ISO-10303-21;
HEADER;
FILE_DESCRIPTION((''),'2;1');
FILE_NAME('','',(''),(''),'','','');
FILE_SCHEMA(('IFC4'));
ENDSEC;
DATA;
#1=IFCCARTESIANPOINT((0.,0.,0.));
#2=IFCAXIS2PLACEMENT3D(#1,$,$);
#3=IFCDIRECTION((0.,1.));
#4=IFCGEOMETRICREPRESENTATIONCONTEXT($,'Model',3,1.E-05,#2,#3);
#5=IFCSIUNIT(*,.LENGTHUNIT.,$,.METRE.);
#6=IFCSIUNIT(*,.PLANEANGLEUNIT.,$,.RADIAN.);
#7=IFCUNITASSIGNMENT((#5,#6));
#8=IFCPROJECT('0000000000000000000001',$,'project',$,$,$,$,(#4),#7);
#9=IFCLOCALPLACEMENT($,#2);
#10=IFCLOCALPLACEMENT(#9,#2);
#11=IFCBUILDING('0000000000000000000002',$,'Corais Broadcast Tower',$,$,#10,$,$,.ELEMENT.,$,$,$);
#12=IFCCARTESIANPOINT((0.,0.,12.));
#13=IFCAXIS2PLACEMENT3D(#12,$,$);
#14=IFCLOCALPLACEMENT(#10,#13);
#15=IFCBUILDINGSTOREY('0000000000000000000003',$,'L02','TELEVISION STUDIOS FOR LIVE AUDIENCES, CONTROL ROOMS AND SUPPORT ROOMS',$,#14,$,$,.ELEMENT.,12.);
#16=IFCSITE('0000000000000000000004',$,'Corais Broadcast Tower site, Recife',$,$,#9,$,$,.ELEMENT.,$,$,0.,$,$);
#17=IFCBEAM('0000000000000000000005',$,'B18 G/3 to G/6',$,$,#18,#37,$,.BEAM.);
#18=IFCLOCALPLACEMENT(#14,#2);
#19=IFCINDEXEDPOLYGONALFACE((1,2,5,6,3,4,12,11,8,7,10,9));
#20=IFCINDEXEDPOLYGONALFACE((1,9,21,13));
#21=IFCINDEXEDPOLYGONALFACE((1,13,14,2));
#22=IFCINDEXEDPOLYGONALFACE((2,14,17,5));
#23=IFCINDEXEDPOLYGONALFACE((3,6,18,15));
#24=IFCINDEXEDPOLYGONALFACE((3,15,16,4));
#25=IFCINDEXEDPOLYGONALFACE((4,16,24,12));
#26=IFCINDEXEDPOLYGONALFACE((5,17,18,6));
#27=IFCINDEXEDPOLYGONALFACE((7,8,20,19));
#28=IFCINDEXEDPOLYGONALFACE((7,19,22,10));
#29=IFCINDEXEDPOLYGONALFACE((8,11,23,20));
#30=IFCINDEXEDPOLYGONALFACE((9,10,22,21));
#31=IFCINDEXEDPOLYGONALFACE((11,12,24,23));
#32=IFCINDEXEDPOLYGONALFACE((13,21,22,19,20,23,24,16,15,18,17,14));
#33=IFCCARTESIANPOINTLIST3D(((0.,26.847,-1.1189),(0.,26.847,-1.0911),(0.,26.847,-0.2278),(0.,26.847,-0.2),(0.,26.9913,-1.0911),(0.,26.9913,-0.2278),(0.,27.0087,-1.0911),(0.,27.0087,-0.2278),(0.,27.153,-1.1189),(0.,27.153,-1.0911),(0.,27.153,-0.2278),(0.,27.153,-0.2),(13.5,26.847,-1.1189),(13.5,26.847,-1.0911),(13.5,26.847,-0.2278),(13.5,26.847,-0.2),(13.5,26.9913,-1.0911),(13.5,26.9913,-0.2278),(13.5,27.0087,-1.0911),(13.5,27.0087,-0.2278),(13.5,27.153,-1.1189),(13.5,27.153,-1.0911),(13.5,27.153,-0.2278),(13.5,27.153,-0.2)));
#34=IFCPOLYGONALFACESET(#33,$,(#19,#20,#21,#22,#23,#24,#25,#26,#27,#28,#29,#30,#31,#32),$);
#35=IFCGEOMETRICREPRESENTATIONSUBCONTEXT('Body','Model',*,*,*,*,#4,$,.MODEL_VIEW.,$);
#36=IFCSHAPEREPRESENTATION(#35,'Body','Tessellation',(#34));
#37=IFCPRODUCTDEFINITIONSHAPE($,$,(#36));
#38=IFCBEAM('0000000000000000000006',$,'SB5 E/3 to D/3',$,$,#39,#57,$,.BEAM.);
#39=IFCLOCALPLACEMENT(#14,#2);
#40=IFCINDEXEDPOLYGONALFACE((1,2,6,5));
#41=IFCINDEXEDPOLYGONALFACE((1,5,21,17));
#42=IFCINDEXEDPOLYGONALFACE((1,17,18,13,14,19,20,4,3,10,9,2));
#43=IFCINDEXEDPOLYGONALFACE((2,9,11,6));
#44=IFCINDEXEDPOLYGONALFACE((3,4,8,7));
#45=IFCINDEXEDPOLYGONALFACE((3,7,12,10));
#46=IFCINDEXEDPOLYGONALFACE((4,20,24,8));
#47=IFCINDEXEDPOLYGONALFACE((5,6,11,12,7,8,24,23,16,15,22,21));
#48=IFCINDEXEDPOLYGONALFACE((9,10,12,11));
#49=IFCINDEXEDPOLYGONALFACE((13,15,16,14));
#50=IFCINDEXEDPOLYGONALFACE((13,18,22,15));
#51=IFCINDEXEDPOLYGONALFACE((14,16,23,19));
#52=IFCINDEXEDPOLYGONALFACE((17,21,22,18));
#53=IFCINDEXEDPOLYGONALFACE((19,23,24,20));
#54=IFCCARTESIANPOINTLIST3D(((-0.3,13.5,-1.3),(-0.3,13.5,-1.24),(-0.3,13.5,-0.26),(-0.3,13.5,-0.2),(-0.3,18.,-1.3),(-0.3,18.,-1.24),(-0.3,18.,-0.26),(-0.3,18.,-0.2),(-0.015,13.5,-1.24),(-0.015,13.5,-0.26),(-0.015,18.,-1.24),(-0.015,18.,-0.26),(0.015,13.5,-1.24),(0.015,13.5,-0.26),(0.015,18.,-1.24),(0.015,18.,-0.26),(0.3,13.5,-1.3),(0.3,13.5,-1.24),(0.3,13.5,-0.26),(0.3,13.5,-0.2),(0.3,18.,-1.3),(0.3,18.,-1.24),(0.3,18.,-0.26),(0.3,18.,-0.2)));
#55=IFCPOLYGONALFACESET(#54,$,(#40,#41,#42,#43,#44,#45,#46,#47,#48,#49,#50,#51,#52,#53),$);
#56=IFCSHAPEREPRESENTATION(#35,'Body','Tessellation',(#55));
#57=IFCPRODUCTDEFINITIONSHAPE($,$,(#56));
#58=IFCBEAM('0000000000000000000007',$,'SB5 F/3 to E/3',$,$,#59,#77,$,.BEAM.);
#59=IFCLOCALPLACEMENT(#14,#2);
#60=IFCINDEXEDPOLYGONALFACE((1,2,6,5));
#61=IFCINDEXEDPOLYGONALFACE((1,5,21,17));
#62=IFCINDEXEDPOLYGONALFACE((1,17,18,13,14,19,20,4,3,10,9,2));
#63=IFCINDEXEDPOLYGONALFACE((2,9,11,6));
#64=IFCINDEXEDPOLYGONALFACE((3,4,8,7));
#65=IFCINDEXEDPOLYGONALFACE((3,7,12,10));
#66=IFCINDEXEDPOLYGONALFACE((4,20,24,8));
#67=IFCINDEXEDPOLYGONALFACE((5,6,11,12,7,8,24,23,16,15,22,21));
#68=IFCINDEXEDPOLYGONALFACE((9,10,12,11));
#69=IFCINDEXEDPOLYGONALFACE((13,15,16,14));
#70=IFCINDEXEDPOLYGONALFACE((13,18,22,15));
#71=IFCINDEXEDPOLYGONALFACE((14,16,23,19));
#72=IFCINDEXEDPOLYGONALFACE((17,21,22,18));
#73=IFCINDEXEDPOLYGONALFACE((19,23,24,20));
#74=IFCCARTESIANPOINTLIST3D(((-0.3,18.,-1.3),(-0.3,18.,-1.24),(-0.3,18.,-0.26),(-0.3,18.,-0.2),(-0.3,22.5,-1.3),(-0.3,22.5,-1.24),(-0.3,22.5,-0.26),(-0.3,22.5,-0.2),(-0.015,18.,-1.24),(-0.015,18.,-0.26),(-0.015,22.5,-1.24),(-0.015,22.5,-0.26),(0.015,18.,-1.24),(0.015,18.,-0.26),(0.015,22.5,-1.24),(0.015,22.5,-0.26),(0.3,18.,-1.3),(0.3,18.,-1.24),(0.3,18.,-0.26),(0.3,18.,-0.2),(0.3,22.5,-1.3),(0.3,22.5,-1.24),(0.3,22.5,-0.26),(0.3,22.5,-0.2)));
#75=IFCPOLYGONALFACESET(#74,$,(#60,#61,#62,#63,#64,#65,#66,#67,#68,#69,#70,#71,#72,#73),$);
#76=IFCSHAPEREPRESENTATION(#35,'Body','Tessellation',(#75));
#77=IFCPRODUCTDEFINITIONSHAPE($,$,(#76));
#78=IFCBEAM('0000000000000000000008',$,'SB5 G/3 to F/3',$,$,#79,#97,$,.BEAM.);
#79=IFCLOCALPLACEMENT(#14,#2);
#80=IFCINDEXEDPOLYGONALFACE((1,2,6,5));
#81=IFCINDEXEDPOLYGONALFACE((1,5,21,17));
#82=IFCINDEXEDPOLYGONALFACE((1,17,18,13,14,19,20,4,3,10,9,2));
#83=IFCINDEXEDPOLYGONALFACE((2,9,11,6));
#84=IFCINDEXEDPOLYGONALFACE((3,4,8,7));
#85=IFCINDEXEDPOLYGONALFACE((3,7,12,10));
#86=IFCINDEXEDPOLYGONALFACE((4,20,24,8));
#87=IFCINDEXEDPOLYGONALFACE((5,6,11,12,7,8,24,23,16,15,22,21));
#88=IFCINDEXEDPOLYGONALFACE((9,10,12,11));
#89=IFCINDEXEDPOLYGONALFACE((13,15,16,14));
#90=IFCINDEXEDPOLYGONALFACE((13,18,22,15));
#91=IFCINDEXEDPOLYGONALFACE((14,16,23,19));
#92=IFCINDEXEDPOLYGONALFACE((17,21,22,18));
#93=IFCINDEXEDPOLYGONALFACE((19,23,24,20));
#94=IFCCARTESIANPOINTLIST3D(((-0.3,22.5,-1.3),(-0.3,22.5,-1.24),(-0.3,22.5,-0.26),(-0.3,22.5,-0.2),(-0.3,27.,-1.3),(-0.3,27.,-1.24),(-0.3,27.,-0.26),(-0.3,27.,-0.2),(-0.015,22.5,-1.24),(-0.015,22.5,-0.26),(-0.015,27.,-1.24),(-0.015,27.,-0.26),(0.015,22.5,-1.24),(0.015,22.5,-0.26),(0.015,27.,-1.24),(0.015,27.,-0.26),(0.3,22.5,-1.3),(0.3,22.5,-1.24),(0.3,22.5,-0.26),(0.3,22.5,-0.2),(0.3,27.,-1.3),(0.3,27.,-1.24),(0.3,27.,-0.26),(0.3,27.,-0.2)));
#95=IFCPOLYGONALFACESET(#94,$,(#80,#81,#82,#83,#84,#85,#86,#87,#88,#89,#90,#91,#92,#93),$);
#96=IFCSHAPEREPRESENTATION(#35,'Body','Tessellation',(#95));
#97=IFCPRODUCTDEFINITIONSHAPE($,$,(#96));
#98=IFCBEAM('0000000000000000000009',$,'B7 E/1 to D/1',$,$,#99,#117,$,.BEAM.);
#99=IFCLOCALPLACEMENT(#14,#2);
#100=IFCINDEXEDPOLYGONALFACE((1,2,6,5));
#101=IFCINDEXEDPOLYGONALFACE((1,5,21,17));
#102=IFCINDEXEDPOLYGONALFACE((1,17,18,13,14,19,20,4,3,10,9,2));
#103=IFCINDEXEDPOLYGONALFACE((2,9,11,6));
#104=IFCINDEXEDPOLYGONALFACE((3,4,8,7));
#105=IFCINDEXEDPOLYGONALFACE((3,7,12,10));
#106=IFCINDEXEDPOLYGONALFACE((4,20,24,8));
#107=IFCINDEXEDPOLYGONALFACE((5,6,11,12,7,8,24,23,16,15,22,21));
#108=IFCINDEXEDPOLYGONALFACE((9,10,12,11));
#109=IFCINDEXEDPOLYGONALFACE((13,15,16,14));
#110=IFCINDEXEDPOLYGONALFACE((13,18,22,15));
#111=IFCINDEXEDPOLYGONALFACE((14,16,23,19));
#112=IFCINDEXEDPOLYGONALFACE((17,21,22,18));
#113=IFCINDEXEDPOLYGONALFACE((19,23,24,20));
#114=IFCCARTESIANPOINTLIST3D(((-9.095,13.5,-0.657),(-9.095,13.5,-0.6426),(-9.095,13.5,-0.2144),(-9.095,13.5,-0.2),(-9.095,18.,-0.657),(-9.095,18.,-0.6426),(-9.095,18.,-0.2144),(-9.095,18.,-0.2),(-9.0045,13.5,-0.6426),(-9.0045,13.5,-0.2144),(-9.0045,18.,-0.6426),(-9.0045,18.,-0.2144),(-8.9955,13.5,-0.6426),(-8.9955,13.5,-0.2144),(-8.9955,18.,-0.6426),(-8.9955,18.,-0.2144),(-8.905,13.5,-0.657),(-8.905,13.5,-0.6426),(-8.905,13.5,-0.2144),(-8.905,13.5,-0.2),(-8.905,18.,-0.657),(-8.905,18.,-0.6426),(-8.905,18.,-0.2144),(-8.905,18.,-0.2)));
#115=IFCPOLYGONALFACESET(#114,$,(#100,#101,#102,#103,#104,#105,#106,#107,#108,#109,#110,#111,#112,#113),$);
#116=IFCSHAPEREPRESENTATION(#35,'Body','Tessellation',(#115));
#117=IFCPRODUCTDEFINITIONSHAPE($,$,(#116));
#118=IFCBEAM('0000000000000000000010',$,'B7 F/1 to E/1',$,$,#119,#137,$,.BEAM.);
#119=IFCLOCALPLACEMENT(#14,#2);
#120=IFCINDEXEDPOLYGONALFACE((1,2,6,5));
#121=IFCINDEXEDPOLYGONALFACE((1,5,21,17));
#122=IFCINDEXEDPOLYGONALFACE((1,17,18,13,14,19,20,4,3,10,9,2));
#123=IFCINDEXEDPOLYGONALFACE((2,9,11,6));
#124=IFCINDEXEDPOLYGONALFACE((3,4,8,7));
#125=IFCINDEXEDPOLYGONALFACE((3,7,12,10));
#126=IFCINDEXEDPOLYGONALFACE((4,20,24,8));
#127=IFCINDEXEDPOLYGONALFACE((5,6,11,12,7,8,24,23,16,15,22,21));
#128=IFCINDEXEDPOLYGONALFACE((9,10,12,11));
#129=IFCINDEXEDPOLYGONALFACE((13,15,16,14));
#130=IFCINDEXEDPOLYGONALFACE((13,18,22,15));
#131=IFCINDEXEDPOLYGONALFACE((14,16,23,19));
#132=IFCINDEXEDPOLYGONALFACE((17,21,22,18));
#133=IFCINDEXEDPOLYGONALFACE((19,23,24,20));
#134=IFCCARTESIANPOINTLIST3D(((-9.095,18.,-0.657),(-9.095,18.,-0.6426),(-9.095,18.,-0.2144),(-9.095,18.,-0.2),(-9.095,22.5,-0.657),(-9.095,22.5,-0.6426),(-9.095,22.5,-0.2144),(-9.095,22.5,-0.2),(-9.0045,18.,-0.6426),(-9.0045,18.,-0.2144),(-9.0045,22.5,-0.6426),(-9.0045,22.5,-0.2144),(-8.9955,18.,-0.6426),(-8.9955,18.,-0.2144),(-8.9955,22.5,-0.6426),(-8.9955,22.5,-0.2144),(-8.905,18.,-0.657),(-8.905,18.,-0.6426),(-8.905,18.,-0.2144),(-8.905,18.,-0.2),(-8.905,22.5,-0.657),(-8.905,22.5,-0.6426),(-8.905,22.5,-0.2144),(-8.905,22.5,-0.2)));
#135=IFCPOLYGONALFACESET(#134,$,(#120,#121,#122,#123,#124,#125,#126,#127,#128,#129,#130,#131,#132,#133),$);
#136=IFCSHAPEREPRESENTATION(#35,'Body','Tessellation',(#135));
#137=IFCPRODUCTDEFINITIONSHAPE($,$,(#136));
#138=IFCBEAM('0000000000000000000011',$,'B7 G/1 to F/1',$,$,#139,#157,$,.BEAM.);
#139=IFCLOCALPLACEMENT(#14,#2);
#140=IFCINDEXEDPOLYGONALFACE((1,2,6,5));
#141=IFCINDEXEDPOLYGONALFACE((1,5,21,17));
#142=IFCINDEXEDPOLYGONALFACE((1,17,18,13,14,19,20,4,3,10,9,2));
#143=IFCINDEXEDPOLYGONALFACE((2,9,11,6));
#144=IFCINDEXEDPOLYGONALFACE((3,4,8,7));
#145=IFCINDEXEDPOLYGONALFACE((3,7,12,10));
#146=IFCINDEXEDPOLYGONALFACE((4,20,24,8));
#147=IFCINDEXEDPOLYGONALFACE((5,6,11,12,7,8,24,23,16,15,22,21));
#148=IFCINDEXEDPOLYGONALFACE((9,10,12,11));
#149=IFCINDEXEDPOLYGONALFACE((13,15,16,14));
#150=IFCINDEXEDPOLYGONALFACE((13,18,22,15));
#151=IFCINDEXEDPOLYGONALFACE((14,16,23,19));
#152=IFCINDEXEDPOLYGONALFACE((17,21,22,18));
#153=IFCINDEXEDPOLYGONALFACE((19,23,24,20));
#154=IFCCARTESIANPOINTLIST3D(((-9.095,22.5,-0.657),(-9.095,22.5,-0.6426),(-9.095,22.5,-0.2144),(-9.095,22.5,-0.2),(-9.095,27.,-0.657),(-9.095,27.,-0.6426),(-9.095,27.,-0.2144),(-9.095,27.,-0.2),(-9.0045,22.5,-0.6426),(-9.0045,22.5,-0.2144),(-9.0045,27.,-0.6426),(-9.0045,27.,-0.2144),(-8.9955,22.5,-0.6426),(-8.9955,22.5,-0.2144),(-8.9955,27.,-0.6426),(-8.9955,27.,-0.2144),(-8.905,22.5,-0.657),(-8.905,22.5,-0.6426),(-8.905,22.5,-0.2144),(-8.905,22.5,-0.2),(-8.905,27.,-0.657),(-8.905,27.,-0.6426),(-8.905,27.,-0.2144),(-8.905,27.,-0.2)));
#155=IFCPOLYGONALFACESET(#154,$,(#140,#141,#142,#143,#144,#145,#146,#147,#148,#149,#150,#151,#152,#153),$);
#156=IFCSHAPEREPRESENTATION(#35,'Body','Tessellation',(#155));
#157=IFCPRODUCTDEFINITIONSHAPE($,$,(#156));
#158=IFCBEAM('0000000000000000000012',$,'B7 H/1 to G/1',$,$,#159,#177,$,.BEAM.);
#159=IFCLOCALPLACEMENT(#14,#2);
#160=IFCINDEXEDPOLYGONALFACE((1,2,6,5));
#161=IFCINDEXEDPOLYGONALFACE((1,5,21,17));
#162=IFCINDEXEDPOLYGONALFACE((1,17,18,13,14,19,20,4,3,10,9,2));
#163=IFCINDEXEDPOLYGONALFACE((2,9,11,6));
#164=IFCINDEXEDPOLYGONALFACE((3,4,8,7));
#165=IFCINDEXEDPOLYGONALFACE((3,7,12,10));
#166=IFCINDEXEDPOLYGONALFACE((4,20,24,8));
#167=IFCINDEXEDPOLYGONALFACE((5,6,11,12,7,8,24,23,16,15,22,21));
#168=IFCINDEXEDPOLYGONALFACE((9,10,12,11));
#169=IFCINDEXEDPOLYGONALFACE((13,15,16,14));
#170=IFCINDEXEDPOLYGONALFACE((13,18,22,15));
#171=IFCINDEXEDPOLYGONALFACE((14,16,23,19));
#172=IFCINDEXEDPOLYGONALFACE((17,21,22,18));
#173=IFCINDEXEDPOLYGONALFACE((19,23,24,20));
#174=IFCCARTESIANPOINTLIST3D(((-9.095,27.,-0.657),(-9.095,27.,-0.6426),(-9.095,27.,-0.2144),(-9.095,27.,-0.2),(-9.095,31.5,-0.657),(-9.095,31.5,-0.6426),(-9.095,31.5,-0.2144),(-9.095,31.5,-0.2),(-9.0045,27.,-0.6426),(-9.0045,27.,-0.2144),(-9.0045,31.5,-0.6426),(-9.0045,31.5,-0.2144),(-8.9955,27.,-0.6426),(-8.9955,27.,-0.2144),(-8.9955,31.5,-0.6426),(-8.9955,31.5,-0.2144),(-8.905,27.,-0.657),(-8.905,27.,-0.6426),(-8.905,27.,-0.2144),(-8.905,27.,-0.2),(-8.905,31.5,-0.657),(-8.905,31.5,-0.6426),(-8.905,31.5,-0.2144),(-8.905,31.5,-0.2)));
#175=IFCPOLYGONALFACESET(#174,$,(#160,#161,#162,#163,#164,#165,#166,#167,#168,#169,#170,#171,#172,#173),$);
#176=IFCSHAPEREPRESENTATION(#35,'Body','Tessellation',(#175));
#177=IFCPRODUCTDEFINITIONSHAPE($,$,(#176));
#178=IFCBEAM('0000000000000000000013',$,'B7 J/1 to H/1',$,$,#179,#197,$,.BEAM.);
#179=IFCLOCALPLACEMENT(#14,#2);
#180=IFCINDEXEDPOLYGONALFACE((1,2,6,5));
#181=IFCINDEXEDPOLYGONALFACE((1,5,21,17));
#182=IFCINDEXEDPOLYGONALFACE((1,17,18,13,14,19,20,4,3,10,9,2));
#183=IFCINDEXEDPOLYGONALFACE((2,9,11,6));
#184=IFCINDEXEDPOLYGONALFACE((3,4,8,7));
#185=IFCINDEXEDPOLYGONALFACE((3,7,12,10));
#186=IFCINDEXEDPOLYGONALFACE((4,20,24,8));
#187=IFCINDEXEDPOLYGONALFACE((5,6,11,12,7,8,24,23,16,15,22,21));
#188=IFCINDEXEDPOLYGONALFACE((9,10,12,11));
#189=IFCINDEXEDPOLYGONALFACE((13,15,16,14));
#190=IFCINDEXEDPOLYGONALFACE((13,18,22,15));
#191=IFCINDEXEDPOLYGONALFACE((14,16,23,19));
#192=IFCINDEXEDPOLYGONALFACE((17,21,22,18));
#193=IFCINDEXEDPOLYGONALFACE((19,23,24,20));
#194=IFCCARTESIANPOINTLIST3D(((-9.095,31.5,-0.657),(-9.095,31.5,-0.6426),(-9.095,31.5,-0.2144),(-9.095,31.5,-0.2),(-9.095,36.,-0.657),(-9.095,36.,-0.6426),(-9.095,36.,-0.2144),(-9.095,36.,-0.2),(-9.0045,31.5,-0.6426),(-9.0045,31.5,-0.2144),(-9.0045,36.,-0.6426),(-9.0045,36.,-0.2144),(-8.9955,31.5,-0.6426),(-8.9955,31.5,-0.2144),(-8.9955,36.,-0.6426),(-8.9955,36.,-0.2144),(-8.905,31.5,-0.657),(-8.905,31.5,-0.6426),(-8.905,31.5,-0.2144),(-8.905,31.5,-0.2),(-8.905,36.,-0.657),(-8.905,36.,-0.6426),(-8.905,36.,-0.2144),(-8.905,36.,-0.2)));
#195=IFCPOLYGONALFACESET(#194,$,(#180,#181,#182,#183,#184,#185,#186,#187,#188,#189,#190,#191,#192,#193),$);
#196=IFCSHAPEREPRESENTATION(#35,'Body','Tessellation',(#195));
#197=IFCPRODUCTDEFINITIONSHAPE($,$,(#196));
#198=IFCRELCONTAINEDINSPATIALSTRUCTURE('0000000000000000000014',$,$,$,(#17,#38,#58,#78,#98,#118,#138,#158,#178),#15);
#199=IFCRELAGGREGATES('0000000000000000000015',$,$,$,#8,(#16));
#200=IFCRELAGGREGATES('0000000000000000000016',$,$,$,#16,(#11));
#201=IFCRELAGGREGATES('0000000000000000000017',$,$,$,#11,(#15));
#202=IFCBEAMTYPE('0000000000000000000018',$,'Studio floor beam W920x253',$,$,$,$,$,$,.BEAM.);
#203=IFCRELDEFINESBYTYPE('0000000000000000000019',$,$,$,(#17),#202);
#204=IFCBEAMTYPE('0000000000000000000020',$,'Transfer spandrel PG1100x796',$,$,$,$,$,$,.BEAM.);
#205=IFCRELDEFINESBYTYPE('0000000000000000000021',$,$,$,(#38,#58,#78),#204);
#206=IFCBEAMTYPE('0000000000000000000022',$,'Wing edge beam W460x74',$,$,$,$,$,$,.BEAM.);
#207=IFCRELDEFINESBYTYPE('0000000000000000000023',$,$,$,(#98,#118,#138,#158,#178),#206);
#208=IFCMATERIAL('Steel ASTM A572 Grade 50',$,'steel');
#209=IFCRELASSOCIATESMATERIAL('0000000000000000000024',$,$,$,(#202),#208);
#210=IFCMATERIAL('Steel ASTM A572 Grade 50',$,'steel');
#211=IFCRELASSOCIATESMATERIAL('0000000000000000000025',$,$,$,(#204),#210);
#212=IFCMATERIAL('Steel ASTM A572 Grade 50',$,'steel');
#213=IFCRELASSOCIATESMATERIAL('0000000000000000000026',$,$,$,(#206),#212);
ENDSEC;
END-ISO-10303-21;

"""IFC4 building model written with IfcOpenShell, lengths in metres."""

from ifc_helpers import new_model, si_unit, direction, frame, origin, origin_2d, place, context, subcontext, project, spatial, i_section, extrude, material, material_profile, profile_set, type_object, element, save


model = new_model("IFC4")

# Units and contexts
model_context = context("Model", 3, precision=1e-05, world=origin(), true_north=direction((0.0, 1.0)))
body_context = subcontext(model_context, "Body", "Model", "MODEL_VIEW")
ifc_project = project(units=[si_unit("LENGTHUNIT", "METRE"), si_unit("PLANEANGLEUNIT", "RADIAN")], contexts=[model_context])

# Site, building, storey
site_placement = place(None, origin())
site = spatial("IfcSite", under=ifc_project, at=site_placement, Name="Corais Broadcast Tower site, Recife", CompositionType="ELEMENT", RefElevation=0.0)
building_placement = place(site_placement, origin())
building = spatial("IfcBuilding", under=site, at=building_placement, Name="Corais Broadcast Tower", CompositionType="ELEMENT")
storey_placement = place(building_placement, frame((0.0, 0.0, 12.0)))
storey = spatial("IfcBuildingStorey", under=building, at=storey_placement, Name="L02", Description="TELEVISION STUDIOS FOR LIVE AUDIENCES, CONTROL ROOMS AND SUPPORT ROOMS", CompositionType="ELEMENT", Elevation=12.0)

# Beams
ifc_material_1 = material(Name="Steel ASTM A572 Grade 50", Category="steel")
ifc_material_profile_1 = material_profile(ifc_material_1, i_section(OverallWidth=0.3059, OverallDepth=0.9189, WebThickness=0.0173, FlangeThickness=0.0278, at=origin_2d()), Name="W920x253")
ifc_profile_set_1 = profile_set([ifc_material_profile_1], Name="Steel ASTM A572 Grade 50")
beam_type_1 = type_object("IfcBeamType", Name="Studio floor beam W920x253", PredefinedType="BEAM", material=ifc_profile_set_1)
for number, where, z_axis, x_axis, name in (
    (1, (0.0, 27.0, -0.6594), (1.0, 0.0, 0.0), (0.0, 1.0, 0.0), "B18 G/3 to G/6"),
):
    element("IfcBeam", number, at=place(storey_placement, frame(where, z_axis=z_axis, x_axis=x_axis)), inside=storey, type_object=beam_type_1, Name=name, PredefinedType="BEAM", context=body_context, shape_type="SweptSolid", body=[
        extrude(i_section(OverallWidth=0.3059, OverallDepth=0.9189, WebThickness=0.0173, FlangeThickness=0.0278, at=origin_2d()), origin(), (0.0, 0.0, 1.0), 13.5),
    ])
ifc_material_2 = material(Name="Steel ASTM A572 Grade 50", Category="steel")
ifc_material_profile_2 = material_profile(ifc_material_2, i_section(OverallWidth=0.6001, OverallDepth=1.1001, WebThickness=0.03, FlangeThickness=0.0601, at=origin_2d()), Name="PG1100x796")
ifc_profile_set_2 = profile_set([ifc_material_profile_2], Name="Steel ASTM A572 Grade 50")
beam_type_2 = type_object("IfcBeamType", Name="Transfer spandrel PG1100x796", PredefinedType="BEAM", material=ifc_profile_set_2)
for number, where, z_axis, x_axis, name in (
    (2, (0.0, 18.0, -0.75), (0.0, -1.0, 0.0), (1.0, 0.0, 0.0), "SB5 E/3 to D/3"),
    (3, (0.0, 22.5, -0.75), (0.0, -1.0, 0.0), (1.0, 0.0, 0.0), "SB5 F/3 to E/3"),
    (4, (0.0, 27.0, -0.75), (0.0, -1.0, 0.0), (1.0, 0.0, 0.0), "SB5 G/3 to F/3"),
):
    element("IfcBeam", number, at=place(storey_placement, frame(where, z_axis=z_axis, x_axis=x_axis)), inside=storey, type_object=beam_type_2, Name=name, PredefinedType="BEAM", context=body_context, shape_type="SweptSolid", body=[
        extrude(i_section(OverallWidth=0.6001, OverallDepth=1.1001, WebThickness=0.03, FlangeThickness=0.0601, at=origin_2d()), origin(), (0.0, 0.0, 1.0), 4.5),
    ])
ifc_material_3 = material(Name="Steel ASTM A572 Grade 50", Category="steel")
ifc_material_profile_3 = material_profile(ifc_material_3, i_section(OverallWidth=0.1899, OverallDepth=0.457, WebThickness=0.009, FlangeThickness=0.0144, at=origin_2d()), Name="W460x74")
ifc_profile_set_3 = profile_set([ifc_material_profile_3], Name="Steel ASTM A572 Grade 50")
beam_type_3 = type_object("IfcBeamType", Name="Wing edge beam W460x74", PredefinedType="BEAM", material=ifc_profile_set_3)
for number, where, z_axis, x_axis, name in (
    (5, (-9.0, 18.0, -0.4285), (0.0, -1.0, 0.0), (1.0, 0.0, 0.0), "B7 E/1 to D/1"),
    (6, (-9.0, 22.5, -0.4285), (0.0, -1.0, 0.0), (1.0, 0.0, 0.0), "B7 F/1 to E/1"),
    (7, (-9.0, 27.0, -0.4285), (0.0, -1.0, 0.0), (1.0, 0.0, 0.0), "B7 G/1 to F/1"),
    (8, (-9.0, 31.5, -0.4285), (0.0, -1.0, 0.0), (1.0, 0.0, 0.0), "B7 H/1 to G/1"),
    (9, (-9.0, 36.0, -0.4285), (0.0, -1.0, 0.0), (1.0, 0.0, 0.0), "B7 J/1 to H/1"),
):
    element("IfcBeam", number, at=place(storey_placement, frame(where, z_axis=z_axis, x_axis=x_axis)), inside=storey, type_object=beam_type_3, Name=name, PredefinedType="BEAM", context=body_context, shape_type="SweptSolid", body=[
        extrude(i_section(OverallWidth=0.1899, OverallDepth=0.457, WebThickness=0.009, FlangeThickness=0.0144, at=origin_2d()), origin(), (0.0, 0.0, 1.0), 4.5),
    ])

save(model, "model.ifc")
